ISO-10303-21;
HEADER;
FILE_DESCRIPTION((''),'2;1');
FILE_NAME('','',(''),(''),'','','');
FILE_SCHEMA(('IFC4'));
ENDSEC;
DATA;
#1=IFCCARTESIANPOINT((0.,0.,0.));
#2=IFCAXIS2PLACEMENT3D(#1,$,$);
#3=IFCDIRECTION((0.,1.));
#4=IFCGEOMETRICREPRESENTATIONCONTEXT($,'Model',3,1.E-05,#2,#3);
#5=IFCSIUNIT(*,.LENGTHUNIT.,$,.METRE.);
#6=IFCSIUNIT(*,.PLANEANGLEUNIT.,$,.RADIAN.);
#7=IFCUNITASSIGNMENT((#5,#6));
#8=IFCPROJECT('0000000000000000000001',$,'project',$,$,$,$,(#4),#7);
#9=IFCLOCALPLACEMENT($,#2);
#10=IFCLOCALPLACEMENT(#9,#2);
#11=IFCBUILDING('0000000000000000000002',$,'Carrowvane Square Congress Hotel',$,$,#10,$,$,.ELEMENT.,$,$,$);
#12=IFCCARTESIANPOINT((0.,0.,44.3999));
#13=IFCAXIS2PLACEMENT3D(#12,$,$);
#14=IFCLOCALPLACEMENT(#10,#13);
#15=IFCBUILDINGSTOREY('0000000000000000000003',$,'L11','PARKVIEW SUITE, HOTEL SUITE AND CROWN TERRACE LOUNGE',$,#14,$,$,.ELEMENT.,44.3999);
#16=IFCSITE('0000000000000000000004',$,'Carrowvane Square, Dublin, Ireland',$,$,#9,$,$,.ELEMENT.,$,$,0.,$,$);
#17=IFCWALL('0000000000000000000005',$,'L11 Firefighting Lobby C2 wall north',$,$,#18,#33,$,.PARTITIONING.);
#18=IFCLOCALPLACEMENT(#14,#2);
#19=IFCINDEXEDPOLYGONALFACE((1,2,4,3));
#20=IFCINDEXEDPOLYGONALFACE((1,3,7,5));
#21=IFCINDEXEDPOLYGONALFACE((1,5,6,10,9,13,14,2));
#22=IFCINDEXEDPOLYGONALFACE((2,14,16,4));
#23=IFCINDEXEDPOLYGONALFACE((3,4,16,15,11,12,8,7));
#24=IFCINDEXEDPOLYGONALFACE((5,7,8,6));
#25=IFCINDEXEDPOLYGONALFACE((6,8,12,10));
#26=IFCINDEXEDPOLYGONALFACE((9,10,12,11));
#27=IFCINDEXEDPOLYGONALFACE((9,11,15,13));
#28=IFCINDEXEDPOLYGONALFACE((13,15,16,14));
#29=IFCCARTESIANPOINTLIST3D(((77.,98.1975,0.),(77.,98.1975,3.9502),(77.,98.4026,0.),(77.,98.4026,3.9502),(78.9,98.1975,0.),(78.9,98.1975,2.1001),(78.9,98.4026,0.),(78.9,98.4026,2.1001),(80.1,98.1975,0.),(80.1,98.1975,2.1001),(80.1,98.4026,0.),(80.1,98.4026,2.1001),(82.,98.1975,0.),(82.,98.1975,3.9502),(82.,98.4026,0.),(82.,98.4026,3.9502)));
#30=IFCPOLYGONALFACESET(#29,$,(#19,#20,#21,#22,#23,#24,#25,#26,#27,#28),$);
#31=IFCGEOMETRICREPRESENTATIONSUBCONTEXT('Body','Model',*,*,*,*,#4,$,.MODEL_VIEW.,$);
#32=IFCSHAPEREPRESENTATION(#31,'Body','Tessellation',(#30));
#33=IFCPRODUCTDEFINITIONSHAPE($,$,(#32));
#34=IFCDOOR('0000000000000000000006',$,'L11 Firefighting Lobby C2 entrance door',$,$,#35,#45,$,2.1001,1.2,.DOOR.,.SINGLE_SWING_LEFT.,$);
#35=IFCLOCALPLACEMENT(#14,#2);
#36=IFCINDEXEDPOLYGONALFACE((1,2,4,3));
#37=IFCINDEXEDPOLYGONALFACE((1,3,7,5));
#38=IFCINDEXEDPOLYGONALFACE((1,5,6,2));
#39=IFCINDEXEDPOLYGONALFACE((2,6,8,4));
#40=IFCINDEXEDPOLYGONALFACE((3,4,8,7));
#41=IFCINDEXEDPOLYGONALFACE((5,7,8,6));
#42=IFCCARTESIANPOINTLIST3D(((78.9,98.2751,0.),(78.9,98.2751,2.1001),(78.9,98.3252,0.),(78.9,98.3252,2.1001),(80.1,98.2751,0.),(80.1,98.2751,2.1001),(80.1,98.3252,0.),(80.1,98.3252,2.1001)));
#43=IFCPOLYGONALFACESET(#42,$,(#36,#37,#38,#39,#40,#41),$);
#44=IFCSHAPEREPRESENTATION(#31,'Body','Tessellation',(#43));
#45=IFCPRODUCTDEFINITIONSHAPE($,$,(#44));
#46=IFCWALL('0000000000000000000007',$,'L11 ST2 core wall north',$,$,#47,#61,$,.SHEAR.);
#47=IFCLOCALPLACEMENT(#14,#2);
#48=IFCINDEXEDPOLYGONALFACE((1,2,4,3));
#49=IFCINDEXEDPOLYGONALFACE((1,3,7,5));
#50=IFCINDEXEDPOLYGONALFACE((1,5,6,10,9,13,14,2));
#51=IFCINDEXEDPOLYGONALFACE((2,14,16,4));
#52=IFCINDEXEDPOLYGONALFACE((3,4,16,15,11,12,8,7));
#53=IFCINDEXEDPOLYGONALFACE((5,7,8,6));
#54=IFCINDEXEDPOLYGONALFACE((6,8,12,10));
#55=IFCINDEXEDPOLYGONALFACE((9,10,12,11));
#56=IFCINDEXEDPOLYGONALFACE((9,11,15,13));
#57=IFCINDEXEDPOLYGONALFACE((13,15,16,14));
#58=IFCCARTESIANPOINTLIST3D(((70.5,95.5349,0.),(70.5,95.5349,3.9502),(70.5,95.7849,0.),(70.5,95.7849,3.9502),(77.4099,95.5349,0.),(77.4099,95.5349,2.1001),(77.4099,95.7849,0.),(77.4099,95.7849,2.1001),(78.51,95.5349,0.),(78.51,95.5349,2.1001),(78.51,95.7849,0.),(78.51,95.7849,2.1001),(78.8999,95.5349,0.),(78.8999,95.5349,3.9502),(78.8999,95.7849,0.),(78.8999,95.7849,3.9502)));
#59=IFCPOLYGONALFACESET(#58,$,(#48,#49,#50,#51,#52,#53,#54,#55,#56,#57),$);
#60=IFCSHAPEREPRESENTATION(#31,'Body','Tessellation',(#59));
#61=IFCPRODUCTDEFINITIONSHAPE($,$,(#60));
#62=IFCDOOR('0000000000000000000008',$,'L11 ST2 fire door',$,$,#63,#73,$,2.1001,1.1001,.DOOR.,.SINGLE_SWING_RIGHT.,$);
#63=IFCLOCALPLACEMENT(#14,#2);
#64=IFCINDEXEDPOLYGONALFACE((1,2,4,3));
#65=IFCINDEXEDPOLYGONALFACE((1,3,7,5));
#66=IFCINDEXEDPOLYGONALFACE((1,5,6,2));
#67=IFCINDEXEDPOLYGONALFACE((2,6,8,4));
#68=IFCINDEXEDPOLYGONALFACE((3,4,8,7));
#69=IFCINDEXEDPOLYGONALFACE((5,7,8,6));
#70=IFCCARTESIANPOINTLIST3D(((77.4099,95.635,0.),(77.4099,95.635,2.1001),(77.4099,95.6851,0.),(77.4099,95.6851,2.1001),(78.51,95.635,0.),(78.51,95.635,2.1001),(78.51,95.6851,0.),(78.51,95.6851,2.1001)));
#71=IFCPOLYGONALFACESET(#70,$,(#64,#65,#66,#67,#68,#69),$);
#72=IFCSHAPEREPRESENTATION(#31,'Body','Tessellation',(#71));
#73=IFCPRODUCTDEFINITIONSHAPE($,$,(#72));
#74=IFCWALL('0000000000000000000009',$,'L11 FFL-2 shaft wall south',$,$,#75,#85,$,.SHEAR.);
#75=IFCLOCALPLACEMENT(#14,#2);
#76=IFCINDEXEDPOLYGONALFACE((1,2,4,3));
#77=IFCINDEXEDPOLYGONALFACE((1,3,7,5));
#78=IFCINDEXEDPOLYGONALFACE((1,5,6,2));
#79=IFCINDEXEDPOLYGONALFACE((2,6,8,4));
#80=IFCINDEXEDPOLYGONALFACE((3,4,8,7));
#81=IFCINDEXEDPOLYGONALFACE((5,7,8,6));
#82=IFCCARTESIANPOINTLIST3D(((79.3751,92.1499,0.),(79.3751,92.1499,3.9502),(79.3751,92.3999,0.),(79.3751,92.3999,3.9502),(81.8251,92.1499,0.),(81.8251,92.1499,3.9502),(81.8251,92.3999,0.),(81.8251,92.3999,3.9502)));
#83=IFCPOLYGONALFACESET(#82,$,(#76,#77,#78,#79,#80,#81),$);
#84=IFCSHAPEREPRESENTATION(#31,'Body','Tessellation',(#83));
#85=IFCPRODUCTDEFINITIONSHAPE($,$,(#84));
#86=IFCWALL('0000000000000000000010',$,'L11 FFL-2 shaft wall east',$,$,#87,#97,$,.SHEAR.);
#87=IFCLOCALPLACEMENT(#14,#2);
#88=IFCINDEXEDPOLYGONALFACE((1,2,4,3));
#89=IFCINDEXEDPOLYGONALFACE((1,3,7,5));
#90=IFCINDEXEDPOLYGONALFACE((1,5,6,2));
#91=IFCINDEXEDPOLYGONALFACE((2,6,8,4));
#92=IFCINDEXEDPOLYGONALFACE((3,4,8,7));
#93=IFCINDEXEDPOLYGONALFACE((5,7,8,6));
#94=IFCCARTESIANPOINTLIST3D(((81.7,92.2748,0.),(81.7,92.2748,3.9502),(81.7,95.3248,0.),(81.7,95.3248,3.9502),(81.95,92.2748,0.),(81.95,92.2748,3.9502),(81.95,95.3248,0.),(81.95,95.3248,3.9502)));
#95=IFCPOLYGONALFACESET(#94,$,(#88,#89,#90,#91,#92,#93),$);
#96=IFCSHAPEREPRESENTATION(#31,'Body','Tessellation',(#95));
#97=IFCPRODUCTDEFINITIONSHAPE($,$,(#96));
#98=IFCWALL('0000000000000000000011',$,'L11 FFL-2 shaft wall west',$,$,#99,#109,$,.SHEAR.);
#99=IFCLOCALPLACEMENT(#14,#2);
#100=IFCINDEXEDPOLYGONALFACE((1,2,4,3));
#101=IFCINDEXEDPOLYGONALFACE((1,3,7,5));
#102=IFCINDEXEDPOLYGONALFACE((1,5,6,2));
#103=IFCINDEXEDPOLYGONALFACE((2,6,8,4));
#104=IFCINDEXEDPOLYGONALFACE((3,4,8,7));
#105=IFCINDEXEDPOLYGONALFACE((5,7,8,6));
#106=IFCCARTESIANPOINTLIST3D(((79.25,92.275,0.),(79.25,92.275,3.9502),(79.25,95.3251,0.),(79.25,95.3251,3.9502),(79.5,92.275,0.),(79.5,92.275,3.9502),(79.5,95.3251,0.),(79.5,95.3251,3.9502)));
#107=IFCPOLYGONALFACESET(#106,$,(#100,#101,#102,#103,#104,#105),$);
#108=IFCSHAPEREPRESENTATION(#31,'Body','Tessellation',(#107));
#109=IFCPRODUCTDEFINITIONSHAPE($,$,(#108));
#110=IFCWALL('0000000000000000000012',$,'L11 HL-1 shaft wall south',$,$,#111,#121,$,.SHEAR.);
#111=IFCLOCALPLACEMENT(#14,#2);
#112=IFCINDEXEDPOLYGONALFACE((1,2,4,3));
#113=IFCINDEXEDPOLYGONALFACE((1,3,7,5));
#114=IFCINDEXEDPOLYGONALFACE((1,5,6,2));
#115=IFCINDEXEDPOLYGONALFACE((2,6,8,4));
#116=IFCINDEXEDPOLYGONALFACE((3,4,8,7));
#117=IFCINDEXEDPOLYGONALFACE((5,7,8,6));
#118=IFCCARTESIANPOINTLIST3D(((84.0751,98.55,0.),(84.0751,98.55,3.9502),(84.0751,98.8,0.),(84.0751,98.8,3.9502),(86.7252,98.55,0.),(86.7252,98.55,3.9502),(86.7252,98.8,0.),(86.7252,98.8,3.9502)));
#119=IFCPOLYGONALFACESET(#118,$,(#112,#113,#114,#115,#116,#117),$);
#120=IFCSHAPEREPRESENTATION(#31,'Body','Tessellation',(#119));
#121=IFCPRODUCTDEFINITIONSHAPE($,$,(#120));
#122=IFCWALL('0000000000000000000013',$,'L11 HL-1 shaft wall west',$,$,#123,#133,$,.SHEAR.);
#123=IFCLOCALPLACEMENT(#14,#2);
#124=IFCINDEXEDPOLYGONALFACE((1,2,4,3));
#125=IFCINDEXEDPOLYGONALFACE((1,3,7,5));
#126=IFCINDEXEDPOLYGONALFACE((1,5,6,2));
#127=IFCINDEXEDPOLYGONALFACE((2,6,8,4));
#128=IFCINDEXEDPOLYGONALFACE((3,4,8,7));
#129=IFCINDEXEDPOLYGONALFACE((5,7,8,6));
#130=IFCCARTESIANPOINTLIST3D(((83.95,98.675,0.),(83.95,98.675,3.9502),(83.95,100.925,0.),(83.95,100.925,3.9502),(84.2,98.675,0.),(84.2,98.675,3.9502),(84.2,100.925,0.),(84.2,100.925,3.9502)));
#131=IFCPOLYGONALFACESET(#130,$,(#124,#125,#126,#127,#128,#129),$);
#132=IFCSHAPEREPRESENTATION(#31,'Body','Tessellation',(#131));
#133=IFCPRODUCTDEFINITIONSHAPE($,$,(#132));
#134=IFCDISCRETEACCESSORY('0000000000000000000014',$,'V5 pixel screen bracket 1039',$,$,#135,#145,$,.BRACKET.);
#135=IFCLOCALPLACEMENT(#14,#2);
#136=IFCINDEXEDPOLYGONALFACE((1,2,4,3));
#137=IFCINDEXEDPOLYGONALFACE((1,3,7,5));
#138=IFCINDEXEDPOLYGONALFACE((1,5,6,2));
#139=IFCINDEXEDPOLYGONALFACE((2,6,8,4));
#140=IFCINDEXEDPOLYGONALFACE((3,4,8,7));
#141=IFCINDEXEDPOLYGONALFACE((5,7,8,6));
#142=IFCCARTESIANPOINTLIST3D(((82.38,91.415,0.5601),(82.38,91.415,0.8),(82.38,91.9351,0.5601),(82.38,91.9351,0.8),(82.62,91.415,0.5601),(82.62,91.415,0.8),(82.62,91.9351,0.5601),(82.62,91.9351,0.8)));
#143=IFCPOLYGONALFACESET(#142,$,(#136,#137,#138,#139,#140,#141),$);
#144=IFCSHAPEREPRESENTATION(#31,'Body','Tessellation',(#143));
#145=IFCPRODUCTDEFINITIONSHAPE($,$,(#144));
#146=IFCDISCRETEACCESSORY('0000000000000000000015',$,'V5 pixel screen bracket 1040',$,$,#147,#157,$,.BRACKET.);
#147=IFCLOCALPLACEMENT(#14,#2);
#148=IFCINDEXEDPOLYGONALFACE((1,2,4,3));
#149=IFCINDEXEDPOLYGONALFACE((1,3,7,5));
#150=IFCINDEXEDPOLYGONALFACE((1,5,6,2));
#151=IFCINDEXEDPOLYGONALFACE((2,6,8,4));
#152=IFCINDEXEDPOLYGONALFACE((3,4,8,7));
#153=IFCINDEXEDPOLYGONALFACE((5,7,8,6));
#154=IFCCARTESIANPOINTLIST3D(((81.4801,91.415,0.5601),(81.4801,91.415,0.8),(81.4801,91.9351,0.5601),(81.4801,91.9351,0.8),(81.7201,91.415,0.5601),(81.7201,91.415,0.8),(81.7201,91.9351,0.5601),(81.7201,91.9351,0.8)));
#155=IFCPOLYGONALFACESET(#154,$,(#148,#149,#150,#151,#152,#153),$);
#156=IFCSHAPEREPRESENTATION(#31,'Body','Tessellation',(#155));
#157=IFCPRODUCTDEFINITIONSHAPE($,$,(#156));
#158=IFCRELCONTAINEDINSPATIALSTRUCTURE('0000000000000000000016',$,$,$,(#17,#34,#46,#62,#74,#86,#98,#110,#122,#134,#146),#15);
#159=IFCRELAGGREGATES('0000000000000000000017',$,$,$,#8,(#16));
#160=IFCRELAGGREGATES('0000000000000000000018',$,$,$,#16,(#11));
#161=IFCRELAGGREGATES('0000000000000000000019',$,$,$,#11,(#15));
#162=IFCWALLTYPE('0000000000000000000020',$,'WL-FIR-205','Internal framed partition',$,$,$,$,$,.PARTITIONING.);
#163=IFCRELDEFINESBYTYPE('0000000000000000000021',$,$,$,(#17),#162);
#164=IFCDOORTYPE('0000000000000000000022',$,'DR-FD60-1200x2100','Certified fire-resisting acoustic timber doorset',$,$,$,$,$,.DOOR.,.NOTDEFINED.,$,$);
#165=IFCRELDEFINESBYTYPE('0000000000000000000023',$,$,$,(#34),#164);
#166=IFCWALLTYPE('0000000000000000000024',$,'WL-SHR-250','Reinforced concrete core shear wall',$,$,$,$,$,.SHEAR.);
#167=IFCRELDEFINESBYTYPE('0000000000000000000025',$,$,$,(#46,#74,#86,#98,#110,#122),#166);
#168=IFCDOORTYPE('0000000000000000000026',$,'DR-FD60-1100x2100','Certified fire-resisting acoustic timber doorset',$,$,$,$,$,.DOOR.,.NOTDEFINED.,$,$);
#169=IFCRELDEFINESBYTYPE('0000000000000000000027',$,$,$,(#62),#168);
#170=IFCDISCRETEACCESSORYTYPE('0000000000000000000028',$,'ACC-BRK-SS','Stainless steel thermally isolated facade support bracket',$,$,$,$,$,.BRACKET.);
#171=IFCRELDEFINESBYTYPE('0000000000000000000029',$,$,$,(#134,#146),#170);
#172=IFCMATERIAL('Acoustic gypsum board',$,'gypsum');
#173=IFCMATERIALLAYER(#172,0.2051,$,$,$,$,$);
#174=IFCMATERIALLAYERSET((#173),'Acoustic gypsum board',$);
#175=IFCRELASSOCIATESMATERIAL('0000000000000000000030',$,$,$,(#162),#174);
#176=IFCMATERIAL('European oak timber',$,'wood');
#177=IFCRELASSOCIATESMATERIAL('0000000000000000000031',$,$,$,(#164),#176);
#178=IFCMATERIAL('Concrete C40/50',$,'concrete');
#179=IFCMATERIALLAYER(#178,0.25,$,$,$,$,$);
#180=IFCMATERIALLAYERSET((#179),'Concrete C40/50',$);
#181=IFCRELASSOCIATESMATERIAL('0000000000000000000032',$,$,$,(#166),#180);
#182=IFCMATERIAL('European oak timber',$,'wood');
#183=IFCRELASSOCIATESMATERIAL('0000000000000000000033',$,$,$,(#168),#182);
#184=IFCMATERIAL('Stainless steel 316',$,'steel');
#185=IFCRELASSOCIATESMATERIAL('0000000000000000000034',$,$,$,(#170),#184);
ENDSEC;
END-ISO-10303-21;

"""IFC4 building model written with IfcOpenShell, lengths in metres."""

from ifc_helpers import new_model, si_unit, direction, frame, frame_2d, origin, origin_2d, place, context, subcontext, project, spatial, rectangle, extrude, material, layer, layer_set, type_object, element, fill, save


model = new_model("IFC4")

# Units and contexts
model_context = context("Model", 3, precision=1e-05, world=origin(), true_north=direction((0.0, 1.0)))
body_context = subcontext(model_context, "Body", "Model", "MODEL_VIEW")
ifc_project = project(units=[si_unit("LENGTHUNIT", "METRE"), si_unit("PLANEANGLEUNIT", "RADIAN")], contexts=[model_context])

# Site, building, storey
site_placement = place(None, origin())
site = spatial("IfcSite", under=ifc_project, at=site_placement, Name="Carrowvane Square, Dublin, Ireland", CompositionType="ELEMENT", RefElevation=0.0)
building_placement = place(site_placement, origin())
building = spatial("IfcBuilding", under=site, at=building_placement, Name="Carrowvane Square Congress Hotel", CompositionType="ELEMENT")
storey_placement = place(building_placement, frame((0.0, 0.0, 44.3999)))
storey = spatial("IfcBuildingStorey", under=building, at=storey_placement, Name="L11", Description="PARKVIEW SUITE, HOTEL SUITE AND CROWN TERRACE LOUNGE", CompositionType="ELEMENT", Elevation=44.3999)

# Shared definitions
ifc_material_1 = material(Name="Acoustic gypsum board", Category="gypsum")
ifc_layer_1 = layer(ifc_material_1, 0.2051)
ifc_layer_set_1 = layer_set([ifc_layer_1], Name="Acoustic gypsum board")
wall_type_1 = type_object("IfcWallType", Name="WL-FIR-205", Description="Internal framed partition", PredefinedType="PARTITIONING", material=ifc_layer_set_1)

# Walls, openings, doors
wall_1_placement = place(storey_placement, frame((82.0, 98.3, 0.0), z_axis=(0.0, 0.0, 1.0), x_axis=(-1.0, 0.0, 0.0)))
wall_1 = element("IfcWall", 1, at=wall_1_placement, inside=storey, type_object=wall_type_1, Name="L11 Firefighting Lobby C2 wall north", PredefinedType="PARTITIONING", context=body_context, shape_type="SweptSolid", body=[
    extrude(rectangle(XDim=5.0, YDim=0.2051, at=frame_2d((2.5, 0.0))), origin(), (0.0, 0.0, 1.0), 3.9502),
])
opening_1_placement = place(wall_1_placement, frame((1.8999, 0.0, 0.0)))
opening_1 = element("IfcOpeningElement", 2, at=opening_1_placement, cuts=wall_1, PredefinedType="OPENING", context=body_context, shape_type="SweptSolid", body=[
    extrude(rectangle(XDim=1.2, YDim=2.1001, at=frame_2d((0.6001, 1.05))), frame((0.0, 0.1125, 0.0), z_axis=(0.0, -1.0, 0.0), x_axis=(1.0, 0.0, 0.0)), (0.0, 0.0, 1.0), 0.2251),
])
ifc_material_2 = material(Name="European oak timber", Category="wood")
door_type_1 = type_object("IfcDoorType", Name="DR-FD60-1200x2100", Description="Certified fire-resisting acoustic timber doorset", OperationType="NOTDEFINED", PredefinedType="DOOR", material=ifc_material_2)
door_1_placement = place(opening_1_placement, origin())
door_1 = element("IfcDoor", 3, at=door_1_placement, inside=storey, type_object=door_type_1, Name="L11 Firefighting Lobby C2 entrance door", OperationType="SINGLE_SWING_LEFT", OverallHeight=2.1001, OverallWidth=1.2, PredefinedType="DOOR", context=body_context, shape_type="SweptSolid", body=[
    extrude(rectangle(XDim=1.2, YDim=2.1001, at=frame_2d((0.6001, 1.05))), frame((0.0, 0.0249, 0.0), z_axis=(0.0, -1.0, 0.0), x_axis=(1.0, 0.0, 0.0)), (0.0, 0.0, 1.0), 0.05),
])
fill(opening_1, door_1)
ifc_material_3 = material(Name="Concrete C40/50", Category="concrete")
ifc_layer_2 = layer(ifc_material_3, 0.25)
ifc_layer_set_2 = layer_set([ifc_layer_2], Name="Concrete C40/50")
wall_type_2 = type_object("IfcWallType", Name="WL-SHR-250", Description="Reinforced concrete core shear wall", PredefinedType="SHEAR", material=ifc_layer_set_2)
wall_2_placement = place(storey_placement, frame((78.8999, 95.6599, 0.0), z_axis=(0.0, 0.0, 1.0), x_axis=(-1.0, 0.0, 0.0)))
wall_2 = element("IfcWall", 4, at=wall_2_placement, inside=storey, type_object=wall_type_2, Name="L11 ST2 core wall north", PredefinedType="SHEAR", context=body_context, shape_type="SweptSolid", body=[
    extrude(rectangle(XDim=8.3999, YDim=0.25, at=frame_2d((4.2, 0.0))), origin(), (0.0, 0.0, 1.0), 3.9502),
])
opening_2_placement = place(wall_2_placement, frame((0.3899, 0.0, 0.0)))
opening_2 = element("IfcOpeningElement", 5, at=opening_2_placement, cuts=wall_2, PredefinedType="OPENING", context=body_context, shape_type="SweptSolid", body=[
    extrude(rectangle(XDim=1.1001, YDim=2.1001, at=frame_2d((0.55, 1.05))), frame((0.0, 0.135, 0.0), z_axis=(0.0, -1.0, 0.0), x_axis=(1.0, 0.0, 0.0)), (0.0, 0.0, 1.0), 0.27),
])
ifc_material_4 = material(Name="European oak timber", Category="wood")
door_type_2 = type_object("IfcDoorType", Name="DR-FD60-1100x2100", Description="Certified fire-resisting acoustic timber doorset", OperationType="NOTDEFINED", PredefinedType="DOOR", material=ifc_material_4)
door_2_placement = place(opening_2_placement, origin())
door_2 = element("IfcDoor", 6, at=door_2_placement, inside=storey, type_object=door_type_2, Name="L11 ST2 fire door", OperationType="SINGLE_SWING_RIGHT", OverallHeight=2.1001, OverallWidth=1.1001, PredefinedType="DOOR", context=body_context, shape_type="SweptSolid", body=[
    extrude(rectangle(XDim=1.1001, YDim=2.1001, at=frame_2d((0.55, 1.05))), frame((0.0, 0.0249, 0.0), z_axis=(0.0, -1.0, 0.0), x_axis=(1.0, 0.0, 0.0)), (0.0, 0.0, 1.0), 0.05),
])
fill(opening_2, door_2)

# Walls
wall_3_placement = place(storey_placement, frame((79.375, 92.2749, 0.0), z_axis=(0.0, 0.0, 1.0), x_axis=(1.0, 0.0, 0.0)))
element("IfcWall", 7, at=wall_3_placement, inside=storey, type_object=wall_type_2, Name="L11 FFL-2 shaft wall south", PredefinedType="SHEAR", context=body_context, shape_type="SweptSolid", body=[
    extrude(rectangle(XDim=2.45, YDim=0.25, at=frame_2d((1.2251, 0.0))), origin(), (0.0, 0.0, 1.0), 3.9502),
])
wall_4_placement = place(storey_placement, frame((81.825, 92.2749, 0.0), z_axis=(0.0, 0.0, 1.0), x_axis=(0.0, 1.0, 0.0)))
element("IfcWall", 8, at=wall_4_placement, inside=storey, type_object=wall_type_2, Name="L11 FFL-2 shaft wall east", PredefinedType="SHEAR", context=body_context, shape_type="SweptSolid", body=[
    extrude(rectangle(XDim=3.05, YDim=0.25, at=frame_2d((1.5249, 0.0))), origin(), (0.0, 0.0, 1.0), 3.9502),
])

# Walls
wall_5_placement = place(storey_placement, frame((79.375, 95.325, 0.0), z_axis=(0.0, 0.0, 1.0), x_axis=(0.0, -1.0, 0.0)))
element("IfcWall", 9, at=wall_5_placement, inside=storey, type_object=wall_type_2, Name="L11 FFL-2 shaft wall west", PredefinedType="SHEAR", context=body_context, shape_type="SweptSolid", body=[
    extrude(rectangle(XDim=3.05, YDim=0.25, at=frame_2d((1.5249, 0.0))), origin(), (0.0, 0.0, 1.0), 3.9502),
])
wall_6_placement = place(storey_placement, frame((84.075, 98.675, 0.0), z_axis=(0.0, 0.0, 1.0), x_axis=(1.0, 0.0, 0.0)))
element("IfcWall", 10, at=wall_6_placement, inside=storey, type_object=wall_type_2, Name="L11 HL-1 shaft wall south", PredefinedType="SHEAR", context=body_context, shape_type="SweptSolid", body=[
    extrude(rectangle(XDim=2.6501, YDim=0.25, at=frame_2d((1.3252, 0.0))), origin(), (0.0, 0.0, 1.0), 3.9502),
])
wall_7_placement = place(storey_placement, frame((84.075, 100.925, 0.0), z_axis=(0.0, 0.0, 1.0), x_axis=(0.0, -1.0, 0.0)))
element("IfcWall", 11, at=wall_7_placement, inside=storey, type_object=wall_type_2, Name="L11 HL-1 shaft wall west", PredefinedType="SHEAR", context=body_context, shape_type="SweptSolid", body=[
    extrude(rectangle(XDim=2.25, YDim=0.25, at=frame_2d((1.125, 0.0))), origin(), (0.0, 0.0, 1.0), 3.9502),
])

# Discrete accessories
ifc_material_5 = material(Name="Stainless steel 316", Category="steel")
discrete_accessory_type = type_object("IfcDiscreteAccessoryType", Name="ACC-BRK-SS", Description="Stainless steel thermally isolated facade support bracket", PredefinedType="BRACKET", material=ifc_material_5)
for number, where, z_axis, x_axis, name in (
    (12, (82.5, 91.675, 0.5601), (0.0, 0.0, 1.0), (-1.0, 0.0, 0.0), "V5 pixel screen bracket 1039"),
    (13, (81.6001, 91.675, 0.5601), (0.0, 0.0, 1.0), (-1.0, 0.0, 0.0), "V5 pixel screen bracket 1040"),
):
    element("IfcDiscreteAccessory", number, at=place(storey_placement, frame(where, z_axis=z_axis, x_axis=x_axis)), inside=storey, type_object=discrete_accessory_type, Name=name, PredefinedType="BRACKET", context=body_context, shape_type="SweptSolid", body=[
        extrude(rectangle(XDim=0.24, YDim=0.52, at=origin_2d()), origin(), (0.0, 0.0, 1.0), 0.24),
    ])

save(model, "model.ifc")
